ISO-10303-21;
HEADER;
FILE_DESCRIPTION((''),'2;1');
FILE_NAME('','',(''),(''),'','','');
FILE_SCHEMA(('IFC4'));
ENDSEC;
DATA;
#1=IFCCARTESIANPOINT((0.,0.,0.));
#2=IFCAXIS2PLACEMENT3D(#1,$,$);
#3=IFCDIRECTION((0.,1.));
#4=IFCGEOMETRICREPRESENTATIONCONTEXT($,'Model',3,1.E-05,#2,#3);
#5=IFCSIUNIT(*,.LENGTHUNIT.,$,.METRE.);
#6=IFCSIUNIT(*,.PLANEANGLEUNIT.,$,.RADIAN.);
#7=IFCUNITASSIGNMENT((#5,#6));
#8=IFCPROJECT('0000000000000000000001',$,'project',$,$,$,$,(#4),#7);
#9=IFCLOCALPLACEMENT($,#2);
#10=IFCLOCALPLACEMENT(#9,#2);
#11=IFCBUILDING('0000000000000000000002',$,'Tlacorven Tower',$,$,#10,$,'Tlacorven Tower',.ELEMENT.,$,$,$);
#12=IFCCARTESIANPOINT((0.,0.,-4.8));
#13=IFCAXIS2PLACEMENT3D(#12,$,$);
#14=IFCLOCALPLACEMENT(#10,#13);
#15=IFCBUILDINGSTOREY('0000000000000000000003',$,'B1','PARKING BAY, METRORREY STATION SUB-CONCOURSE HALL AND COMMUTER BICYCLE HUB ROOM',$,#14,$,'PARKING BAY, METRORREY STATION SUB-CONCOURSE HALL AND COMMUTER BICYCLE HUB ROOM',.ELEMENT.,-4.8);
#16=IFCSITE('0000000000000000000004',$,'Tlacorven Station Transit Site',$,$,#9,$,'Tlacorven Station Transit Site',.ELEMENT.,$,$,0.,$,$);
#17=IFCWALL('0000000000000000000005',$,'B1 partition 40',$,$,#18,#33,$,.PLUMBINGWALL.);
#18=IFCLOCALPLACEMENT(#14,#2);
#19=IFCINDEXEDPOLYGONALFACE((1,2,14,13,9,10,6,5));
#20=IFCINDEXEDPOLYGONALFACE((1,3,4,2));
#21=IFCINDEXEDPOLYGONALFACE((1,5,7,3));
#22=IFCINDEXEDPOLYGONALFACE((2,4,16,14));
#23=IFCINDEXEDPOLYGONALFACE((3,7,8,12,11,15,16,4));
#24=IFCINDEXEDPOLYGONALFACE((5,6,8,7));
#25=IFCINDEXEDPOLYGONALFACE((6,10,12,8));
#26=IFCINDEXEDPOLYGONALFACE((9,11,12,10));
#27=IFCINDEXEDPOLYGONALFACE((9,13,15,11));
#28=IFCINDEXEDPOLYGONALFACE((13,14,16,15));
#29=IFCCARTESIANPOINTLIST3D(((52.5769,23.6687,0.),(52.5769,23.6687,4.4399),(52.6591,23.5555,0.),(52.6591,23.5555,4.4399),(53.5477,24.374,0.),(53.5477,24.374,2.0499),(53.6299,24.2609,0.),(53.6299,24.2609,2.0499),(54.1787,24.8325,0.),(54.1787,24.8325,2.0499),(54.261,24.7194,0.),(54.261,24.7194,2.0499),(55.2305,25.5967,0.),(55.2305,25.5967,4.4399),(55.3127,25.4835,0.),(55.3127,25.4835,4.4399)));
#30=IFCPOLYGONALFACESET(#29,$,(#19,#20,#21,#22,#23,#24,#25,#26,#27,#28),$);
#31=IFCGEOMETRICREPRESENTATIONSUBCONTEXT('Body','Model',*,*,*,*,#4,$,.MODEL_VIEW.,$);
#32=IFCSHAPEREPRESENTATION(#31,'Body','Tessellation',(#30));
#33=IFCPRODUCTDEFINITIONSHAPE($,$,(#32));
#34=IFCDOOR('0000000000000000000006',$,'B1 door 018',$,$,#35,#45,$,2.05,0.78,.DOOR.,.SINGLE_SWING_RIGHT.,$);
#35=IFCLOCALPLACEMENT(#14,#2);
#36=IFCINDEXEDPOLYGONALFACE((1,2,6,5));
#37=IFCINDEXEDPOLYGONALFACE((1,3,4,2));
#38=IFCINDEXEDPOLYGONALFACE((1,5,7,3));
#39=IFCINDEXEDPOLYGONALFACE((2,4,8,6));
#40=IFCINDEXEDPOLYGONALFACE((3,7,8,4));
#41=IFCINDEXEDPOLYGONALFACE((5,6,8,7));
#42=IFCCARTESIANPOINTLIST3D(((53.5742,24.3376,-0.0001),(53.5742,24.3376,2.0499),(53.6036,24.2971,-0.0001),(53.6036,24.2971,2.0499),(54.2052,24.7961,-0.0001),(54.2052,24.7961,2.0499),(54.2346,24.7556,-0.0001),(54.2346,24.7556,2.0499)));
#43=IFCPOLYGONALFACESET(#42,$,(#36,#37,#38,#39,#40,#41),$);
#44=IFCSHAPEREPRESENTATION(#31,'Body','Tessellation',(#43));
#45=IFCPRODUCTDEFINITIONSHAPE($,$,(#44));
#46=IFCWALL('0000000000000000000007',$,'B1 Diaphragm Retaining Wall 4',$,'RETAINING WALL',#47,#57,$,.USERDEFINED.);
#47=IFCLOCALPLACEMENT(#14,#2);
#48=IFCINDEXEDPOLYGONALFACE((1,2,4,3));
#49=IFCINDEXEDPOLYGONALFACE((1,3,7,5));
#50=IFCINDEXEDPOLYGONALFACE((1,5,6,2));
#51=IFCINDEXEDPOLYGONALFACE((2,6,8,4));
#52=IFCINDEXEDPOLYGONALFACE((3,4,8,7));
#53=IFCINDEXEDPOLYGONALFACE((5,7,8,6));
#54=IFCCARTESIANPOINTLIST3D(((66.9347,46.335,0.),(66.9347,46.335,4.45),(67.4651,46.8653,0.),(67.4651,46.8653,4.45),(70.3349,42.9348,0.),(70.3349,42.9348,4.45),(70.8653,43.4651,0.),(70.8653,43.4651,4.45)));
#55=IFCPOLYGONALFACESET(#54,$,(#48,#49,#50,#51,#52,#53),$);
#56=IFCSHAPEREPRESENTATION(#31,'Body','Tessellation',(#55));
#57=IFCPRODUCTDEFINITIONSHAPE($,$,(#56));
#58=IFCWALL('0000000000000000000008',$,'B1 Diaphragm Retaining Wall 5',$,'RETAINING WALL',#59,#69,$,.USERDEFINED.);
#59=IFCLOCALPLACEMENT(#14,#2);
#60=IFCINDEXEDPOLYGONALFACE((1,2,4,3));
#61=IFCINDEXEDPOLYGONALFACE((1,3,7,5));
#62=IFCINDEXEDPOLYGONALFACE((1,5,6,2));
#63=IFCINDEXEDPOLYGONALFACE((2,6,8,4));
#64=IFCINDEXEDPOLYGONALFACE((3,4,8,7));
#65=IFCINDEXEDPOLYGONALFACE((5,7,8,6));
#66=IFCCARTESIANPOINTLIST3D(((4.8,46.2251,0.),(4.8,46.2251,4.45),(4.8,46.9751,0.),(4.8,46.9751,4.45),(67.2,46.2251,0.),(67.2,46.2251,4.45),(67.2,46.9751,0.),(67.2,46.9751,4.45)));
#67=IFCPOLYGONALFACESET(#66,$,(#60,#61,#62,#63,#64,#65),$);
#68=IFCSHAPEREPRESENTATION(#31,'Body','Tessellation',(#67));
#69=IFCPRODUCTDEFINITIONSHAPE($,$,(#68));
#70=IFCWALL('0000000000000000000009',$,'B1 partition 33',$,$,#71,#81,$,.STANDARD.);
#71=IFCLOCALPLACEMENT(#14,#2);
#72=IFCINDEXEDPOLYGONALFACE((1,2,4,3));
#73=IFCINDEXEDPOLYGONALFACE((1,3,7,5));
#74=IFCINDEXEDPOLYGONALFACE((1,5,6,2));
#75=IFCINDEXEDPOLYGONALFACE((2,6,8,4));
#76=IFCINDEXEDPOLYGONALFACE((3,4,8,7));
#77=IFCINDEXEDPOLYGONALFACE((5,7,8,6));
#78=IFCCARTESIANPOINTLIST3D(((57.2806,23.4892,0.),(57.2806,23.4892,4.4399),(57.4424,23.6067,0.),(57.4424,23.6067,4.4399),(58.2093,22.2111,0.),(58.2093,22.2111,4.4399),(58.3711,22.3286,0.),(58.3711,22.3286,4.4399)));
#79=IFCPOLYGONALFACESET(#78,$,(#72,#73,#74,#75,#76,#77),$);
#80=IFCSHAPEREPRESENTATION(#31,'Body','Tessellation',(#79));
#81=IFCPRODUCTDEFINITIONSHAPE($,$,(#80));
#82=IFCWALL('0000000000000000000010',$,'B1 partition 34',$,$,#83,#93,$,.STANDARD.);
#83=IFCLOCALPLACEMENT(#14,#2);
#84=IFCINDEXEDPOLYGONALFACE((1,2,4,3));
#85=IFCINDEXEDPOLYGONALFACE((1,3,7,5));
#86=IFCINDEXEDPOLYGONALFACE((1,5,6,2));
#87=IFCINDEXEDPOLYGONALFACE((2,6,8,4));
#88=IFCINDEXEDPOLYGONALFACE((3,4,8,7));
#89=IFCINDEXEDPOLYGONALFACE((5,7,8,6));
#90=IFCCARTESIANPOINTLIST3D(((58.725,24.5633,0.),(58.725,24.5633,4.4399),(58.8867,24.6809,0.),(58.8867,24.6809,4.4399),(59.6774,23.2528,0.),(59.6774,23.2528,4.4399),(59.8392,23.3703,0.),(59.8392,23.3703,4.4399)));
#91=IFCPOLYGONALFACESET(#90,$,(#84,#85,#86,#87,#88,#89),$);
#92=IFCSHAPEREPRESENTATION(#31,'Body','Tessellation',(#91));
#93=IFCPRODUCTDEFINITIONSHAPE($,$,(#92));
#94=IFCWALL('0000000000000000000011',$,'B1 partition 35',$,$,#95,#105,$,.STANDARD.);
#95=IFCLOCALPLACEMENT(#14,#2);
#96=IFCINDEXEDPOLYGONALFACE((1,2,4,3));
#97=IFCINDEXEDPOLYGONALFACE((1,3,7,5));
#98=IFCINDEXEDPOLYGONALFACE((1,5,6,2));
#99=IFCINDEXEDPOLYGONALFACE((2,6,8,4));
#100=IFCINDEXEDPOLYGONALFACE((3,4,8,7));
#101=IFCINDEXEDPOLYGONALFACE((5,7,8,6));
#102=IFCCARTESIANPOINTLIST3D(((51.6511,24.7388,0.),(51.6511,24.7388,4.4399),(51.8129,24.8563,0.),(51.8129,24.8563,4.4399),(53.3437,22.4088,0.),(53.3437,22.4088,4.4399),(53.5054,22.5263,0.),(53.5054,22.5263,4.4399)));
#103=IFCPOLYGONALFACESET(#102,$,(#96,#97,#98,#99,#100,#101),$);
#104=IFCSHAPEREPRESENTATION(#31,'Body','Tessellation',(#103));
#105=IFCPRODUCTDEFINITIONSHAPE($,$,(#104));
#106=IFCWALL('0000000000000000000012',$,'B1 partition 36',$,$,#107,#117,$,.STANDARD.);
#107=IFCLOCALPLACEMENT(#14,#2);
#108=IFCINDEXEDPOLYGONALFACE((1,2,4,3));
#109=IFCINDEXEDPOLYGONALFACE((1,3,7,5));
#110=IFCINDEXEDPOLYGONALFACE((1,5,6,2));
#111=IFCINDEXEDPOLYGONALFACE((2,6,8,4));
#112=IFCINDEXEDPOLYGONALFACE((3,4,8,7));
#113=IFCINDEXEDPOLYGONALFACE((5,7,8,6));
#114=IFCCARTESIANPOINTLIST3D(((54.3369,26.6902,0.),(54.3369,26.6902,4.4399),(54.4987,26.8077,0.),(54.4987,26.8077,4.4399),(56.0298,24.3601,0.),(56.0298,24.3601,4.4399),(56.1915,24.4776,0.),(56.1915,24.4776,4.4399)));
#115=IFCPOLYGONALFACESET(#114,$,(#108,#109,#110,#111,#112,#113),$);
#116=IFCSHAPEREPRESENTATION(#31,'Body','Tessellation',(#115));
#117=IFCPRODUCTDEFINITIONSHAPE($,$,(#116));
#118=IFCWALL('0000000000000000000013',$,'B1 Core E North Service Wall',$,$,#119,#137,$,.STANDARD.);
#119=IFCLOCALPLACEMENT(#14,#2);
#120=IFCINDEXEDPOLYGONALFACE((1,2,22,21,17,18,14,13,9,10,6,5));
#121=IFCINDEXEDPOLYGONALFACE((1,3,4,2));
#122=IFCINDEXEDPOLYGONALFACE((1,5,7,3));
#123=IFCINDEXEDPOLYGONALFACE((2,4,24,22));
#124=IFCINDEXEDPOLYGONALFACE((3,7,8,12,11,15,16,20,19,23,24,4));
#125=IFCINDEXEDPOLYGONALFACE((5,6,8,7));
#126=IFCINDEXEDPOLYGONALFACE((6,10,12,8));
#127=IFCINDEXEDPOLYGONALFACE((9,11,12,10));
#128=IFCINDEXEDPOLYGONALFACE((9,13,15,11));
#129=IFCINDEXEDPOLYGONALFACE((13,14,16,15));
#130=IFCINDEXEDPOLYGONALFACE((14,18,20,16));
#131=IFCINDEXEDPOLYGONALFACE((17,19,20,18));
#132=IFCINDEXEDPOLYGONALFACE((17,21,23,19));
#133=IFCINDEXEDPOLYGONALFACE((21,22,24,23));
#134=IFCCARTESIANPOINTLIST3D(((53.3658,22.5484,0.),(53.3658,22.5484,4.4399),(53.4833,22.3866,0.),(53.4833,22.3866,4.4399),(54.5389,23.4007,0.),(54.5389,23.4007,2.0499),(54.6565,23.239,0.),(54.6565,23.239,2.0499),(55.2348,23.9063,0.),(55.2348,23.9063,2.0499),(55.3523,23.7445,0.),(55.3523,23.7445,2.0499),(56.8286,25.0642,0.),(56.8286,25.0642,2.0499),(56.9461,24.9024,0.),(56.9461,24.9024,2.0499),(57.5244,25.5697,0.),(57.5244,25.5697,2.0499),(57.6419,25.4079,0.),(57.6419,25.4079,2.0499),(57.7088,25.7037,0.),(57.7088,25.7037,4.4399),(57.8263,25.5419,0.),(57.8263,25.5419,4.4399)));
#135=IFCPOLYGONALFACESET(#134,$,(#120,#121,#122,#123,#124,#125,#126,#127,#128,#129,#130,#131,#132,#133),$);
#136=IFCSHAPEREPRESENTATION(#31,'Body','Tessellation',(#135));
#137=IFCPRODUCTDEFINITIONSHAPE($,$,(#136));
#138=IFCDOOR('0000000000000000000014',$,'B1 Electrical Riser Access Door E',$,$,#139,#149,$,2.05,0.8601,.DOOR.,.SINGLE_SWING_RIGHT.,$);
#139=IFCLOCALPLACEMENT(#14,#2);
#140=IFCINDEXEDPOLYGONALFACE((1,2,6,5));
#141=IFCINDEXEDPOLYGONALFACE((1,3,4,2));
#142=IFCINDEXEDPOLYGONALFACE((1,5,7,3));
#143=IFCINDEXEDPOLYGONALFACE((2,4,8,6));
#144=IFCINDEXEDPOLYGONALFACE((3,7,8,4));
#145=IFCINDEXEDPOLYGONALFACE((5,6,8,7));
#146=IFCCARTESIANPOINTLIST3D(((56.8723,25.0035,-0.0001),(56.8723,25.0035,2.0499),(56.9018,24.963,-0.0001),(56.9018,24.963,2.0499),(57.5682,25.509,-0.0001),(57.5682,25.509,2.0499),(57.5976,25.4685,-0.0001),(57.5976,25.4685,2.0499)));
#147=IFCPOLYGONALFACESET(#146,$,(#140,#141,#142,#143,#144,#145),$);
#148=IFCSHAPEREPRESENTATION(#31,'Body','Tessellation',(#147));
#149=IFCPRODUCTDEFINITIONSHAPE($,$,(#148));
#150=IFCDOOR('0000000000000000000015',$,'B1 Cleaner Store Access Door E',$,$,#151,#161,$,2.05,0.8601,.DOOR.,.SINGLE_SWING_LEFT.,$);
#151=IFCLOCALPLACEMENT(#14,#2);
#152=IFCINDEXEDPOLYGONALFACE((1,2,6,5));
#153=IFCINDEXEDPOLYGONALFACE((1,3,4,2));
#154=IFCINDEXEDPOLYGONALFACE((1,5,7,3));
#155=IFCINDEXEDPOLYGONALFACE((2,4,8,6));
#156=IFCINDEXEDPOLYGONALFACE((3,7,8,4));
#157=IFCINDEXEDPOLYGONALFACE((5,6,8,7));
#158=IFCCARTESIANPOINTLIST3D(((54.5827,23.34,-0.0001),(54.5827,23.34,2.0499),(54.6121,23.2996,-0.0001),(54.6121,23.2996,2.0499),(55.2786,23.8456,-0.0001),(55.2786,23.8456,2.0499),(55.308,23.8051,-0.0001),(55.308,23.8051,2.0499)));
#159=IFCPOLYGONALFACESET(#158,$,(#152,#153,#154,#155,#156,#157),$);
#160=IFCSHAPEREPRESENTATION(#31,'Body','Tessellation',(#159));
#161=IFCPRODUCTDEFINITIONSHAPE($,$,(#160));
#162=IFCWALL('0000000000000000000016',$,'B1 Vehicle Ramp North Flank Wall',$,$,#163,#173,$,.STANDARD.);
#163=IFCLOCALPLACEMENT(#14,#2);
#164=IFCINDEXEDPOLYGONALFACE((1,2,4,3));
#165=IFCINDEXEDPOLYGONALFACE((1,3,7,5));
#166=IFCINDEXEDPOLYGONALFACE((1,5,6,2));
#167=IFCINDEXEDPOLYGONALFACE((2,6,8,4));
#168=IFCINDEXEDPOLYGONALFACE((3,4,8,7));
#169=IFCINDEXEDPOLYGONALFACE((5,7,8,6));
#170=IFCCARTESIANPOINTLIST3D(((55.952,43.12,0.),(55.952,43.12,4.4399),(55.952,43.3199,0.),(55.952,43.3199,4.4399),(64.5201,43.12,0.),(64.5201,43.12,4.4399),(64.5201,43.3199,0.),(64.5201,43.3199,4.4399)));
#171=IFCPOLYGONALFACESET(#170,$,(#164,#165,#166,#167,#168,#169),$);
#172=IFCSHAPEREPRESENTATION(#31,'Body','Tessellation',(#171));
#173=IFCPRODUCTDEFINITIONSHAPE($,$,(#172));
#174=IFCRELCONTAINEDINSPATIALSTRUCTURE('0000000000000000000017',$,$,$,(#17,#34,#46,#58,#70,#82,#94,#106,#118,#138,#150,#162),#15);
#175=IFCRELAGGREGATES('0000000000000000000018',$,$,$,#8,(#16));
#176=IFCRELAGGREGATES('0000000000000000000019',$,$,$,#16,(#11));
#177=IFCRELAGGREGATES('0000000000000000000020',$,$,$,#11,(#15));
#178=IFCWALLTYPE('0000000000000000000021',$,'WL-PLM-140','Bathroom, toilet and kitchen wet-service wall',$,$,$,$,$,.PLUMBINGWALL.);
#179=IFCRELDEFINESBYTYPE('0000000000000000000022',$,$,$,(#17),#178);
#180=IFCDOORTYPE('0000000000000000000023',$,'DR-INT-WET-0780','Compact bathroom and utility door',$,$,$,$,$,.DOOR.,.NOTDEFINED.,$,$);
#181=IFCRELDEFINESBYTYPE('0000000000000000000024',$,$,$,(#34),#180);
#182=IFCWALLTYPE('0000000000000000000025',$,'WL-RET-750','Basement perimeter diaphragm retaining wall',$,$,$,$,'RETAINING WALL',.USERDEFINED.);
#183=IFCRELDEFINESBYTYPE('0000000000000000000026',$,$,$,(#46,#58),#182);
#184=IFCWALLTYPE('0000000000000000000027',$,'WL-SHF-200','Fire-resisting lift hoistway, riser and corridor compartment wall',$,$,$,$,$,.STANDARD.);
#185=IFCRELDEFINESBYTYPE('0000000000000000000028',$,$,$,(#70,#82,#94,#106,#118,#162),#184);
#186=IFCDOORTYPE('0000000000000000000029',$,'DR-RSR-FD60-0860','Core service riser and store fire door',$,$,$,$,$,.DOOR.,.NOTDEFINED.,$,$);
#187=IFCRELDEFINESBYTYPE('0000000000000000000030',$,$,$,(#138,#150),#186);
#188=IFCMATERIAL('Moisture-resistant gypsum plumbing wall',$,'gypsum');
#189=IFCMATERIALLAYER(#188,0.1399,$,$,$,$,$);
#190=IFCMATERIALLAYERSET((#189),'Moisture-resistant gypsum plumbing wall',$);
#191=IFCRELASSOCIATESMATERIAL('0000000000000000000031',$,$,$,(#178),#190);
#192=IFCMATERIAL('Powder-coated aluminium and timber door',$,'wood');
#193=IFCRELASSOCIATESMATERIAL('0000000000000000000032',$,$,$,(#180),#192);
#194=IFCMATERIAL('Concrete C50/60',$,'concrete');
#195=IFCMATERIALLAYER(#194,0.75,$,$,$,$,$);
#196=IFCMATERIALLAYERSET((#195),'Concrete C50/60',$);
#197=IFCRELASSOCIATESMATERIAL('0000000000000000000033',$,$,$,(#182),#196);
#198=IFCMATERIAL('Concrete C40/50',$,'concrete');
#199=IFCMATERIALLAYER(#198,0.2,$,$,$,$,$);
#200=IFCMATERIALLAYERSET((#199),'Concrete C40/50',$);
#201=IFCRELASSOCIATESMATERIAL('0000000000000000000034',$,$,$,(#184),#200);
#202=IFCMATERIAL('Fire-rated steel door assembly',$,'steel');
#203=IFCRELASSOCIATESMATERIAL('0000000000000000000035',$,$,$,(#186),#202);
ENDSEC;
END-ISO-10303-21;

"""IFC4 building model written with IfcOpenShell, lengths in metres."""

from ifc_helpers import new_model, si_unit, direction, frame, frame_2d, origin, place, context, subcontext, project, spatial, rectangle, extrude, source, transform, mapped, material, layer, layer_set, type_object, element, fill, save


model = new_model("IFC4")

# Units and contexts
model_context = context("Model", 3, precision=1e-05, world=origin(), true_north=direction((0.0, 1.0)))
body_context = subcontext(model_context, "Body", "Model", "MODEL_VIEW")
ifc_project = project(units=[si_unit("LENGTHUNIT", "METRE"), si_unit("PLANEANGLEUNIT", "RADIAN")], contexts=[model_context])

# Site, building, storey
site_placement = place(None, origin())
site = spatial("IfcSite", under=ifc_project, at=site_placement, Name="Tlacorven Station Transit Site", LongName="Tlacorven Station Transit Site", CompositionType="ELEMENT", RefElevation=0.0)
building_placement = place(site_placement, origin())
building = spatial("IfcBuilding", under=site, at=building_placement, Name="Tlacorven Tower", LongName="Tlacorven Tower", CompositionType="ELEMENT")
storey_placement = place(building_placement, frame((0.0, 0.0, -4.8)))
storey = spatial("IfcBuildingStorey", under=building, at=storey_placement, Name="B1", Description="PARKING BAY, METRORREY STATION SUB-CONCOURSE HALL AND COMMUTER BICYCLE HUB ROOM", LongName="PARKING BAY, METRORREY STATION SUB-CONCOURSE HALL AND COMMUTER BICYCLE HUB ROOM", CompositionType="ELEMENT", Elevation=-4.8)

# Wall, opening, door
ifc_material_1 = material(Name="Moisture-resistant gypsum plumbing wall", Category="gypsum")
ifc_layer_1 = layer(ifc_material_1, 0.1399)
ifc_layer_set_1 = layer_set([ifc_layer_1], Name="Moisture-resistant gypsum plumbing wall")
wall_type_1 = type_object("IfcWallType", Name="WL-PLM-140", Description="Bathroom, toilet and kitchen wet-service wall", PredefinedType="PLUMBINGWALL", material=ifc_layer_set_1)
wall_1_placement = place(storey_placement, frame((52.6179, 23.6121, 0.0), z_axis=(0.0, 0.0, 1.0), x_axis=(0.80901, 0.587795, 0.0)))
wall_1 = element("IfcWall", 1, at=wall_1_placement, inside=storey, type_object=wall_type_1, Name="B1 partition 40", PredefinedType="PLUMBINGWALL", context=body_context, shape_type="SweptSolid", body=[
    extrude(rectangle(XDim=3.28, YDim=0.1399, at=frame_2d((1.6401, 0.0))), origin(), (0.0, 0.0, 1.0), 4.4399),
])
opening_1_placement = place(wall_1_placement, frame((1.2, 0.0, 0.0)))
opening_1 = element("IfcOpeningElement", 2, at=opening_1_placement, cuts=wall_1, PredefinedType="OPENING", context=body_context, shape_type="SweptSolid", body=[
    extrude(rectangle(XDim=0.78, YDim=2.05, at=frame_2d((0.3901, 1.0249))), frame((0.0, 0.0801, 0.0), z_axis=(0.0, -1.0, 0.0), x_axis=(1.0, 0.0, 0.0)), (0.0, 0.0, 1.0), 0.1599),
])
ifc_material_2 = material(Name="Powder-coated aluminium and timber door", Category="wood")
door_type_1 = type_object("IfcDoorType", Name="DR-INT-WET-0780", Description="Compact bathroom and utility door", OperationType="NOTDEFINED", PredefinedType="DOOR", material=ifc_material_2)
shared_shape_1 = source(origin(), body_context, "Body", "SweptSolid", [
    extrude(rectangle(XDim=0.78, YDim=2.05, at=frame_2d((0.3901, 1.0249))), frame((0.0, 0.0249, 0.0), z_axis=(0.0, -1.0, 0.0), x_axis=(1.0, 0.0, 0.0)), (0.0, 0.0, 1.0), 0.05),
])
door_1_placement = place(opening_1_placement, origin())
door_1 = element("IfcDoor", 3, at=door_1_placement, inside=storey, type_object=door_type_1, Name="B1 door 018", OperationType="SINGLE_SWING_RIGHT", OverallHeight=2.05, OverallWidth=0.78, PredefinedType="DOOR", context=body_context, shape_type="MappedRepresentation", body=[
    mapped(shared_shape_1, transform((0.0, 0.0, 0.0), scale=1.0)),
])
fill(opening_1, door_1)

# Walls
ifc_material_3 = material(Name="Concrete C50/60", Category="concrete")
ifc_layer_2 = layer(ifc_material_3, 0.75)
ifc_layer_set_2 = layer_set([ifc_layer_2], Name="Concrete C50/60")
wall_type_2 = type_object("IfcWallType", Name="WL-RET-750", Description="Basement perimeter diaphragm retaining wall", ElementType="RETAINING WALL", PredefinedType="USERDEFINED", material=ifc_layer_set_2)
wall_2_placement = place(storey_placement, frame((70.6001, 43.2, 0.0), z_axis=(0.0, 0.0, 1.0), x_axis=(-0.707107, 0.707107, 0.0)))
element("IfcWall", 4, at=wall_2_placement, inside=storey, type_object=wall_type_2, Name="B1 Diaphragm Retaining Wall 4", ObjectType="RETAINING WALL", PredefinedType="USERDEFINED", context=body_context, shape_type="SweptSolid", body=[
    extrude(rectangle(XDim=4.8086, YDim=0.75, at=frame_2d((2.4043, 0.0))), origin(), (0.0, 0.0, 1.0), 4.45),
])
wall_3_placement = place(storey_placement, frame((67.2, 46.6001, 0.0), z_axis=(0.0, 0.0, 1.0), x_axis=(-1.0, 0.0, 0.0)))
element("IfcWall", 5, at=wall_3_placement, inside=storey, type_object=wall_type_2, Name="B1 Diaphragm Retaining Wall 5", ObjectType="RETAINING WALL", PredefinedType="USERDEFINED", context=body_context, shape_type="SweptSolid", body=[
    extrude(rectangle(XDim=62.3999, YDim=0.75, at=frame_2d((31.2, 0.0))), origin(), (0.0, 0.0, 1.0), 4.45),
])
ifc_material_4 = material(Name="Concrete C40/50", Category="concrete")
ifc_layer_3 = layer(ifc_material_4, 0.2)
ifc_layer_set_3 = layer_set([ifc_layer_3], Name="Concrete C40/50")
wall_type_3 = type_object("IfcWallType", Name="WL-SHF-200", Description="Fire-resisting lift hoistway, riser and corridor compartment wall", PredefinedType="STANDARD", material=ifc_layer_set_3)
wall_4_placement = place(storey_placement, frame((58.2903, 22.2698, 0.0), z_axis=(0.0, 0.0, 1.0), x_axis=(-0.587841, 0.808977, 0.0)))
element("IfcWall", 6, at=wall_4_placement, inside=storey, type_object=wall_type_3, Name="B1 partition 33", PredefinedType="STANDARD", context=body_context, shape_type="SweptSolid", body=[
    extrude(rectangle(XDim=1.5798, YDim=0.2, at=frame_2d((0.79, 0.0))), origin(), (0.0, 0.0, 1.0), 4.4399),
])
wall_5_placement = place(storey_placement, frame((59.7583, 23.3115, 0.0), z_axis=(0.0, 0.0, 1.0), x_axis=(-0.587876, 0.808951, 0.0)))
element("IfcWall", 7, at=wall_5_placement, inside=storey, type_object=wall_type_3, Name="B1 partition 34", PredefinedType="STANDARD", context=body_context, shape_type="SweptSolid", body=[
    extrude(rectangle(XDim=1.6201, YDim=0.2, at=frame_2d((0.8101, 0.0))), origin(), (0.0, 0.0, 1.0), 4.4399),
])
wall_6_placement = place(storey_placement, frame((53.4246, 22.4675, 0.0), z_axis=(0.0, 0.0, 1.0), x_axis=(-0.587723, 0.809062, 0.0)))
element("IfcWall", 8, at=wall_6_placement, inside=storey, type_object=wall_type_3, Name="B1 partition 35", PredefinedType="STANDARD", context=body_context, shape_type="SweptSolid", body=[
    extrude(rectangle(XDim=2.8799, YDim=0.2, at=frame_2d((1.4399, 0.0))), origin(), (0.0, 0.0, 1.0), 4.4399),
])
wall_7_placement = place(storey_placement, frame((56.1106, 24.4189, 0.0), z_axis=(0.0, 0.0, 1.0), x_axis=(-0.587778, 0.809022, 0.0)))
element("IfcWall", 9, at=wall_7_placement, inside=storey, type_object=wall_type_3, Name="B1 partition 36", PredefinedType="STANDARD", context=body_context, shape_type="SweptSolid", body=[
    extrude(rectangle(XDim=2.8801, YDim=0.2, at=frame_2d((1.4399, 0.0))), origin(), (0.0, 0.0, 1.0), 4.4399),
])

# Wall, openings, doors
wall_8_placement = place(storey_placement, frame((53.4246, 22.4675, 0.0), z_axis=(0.0, 0.0, 1.0), x_axis=(0.809027, 0.587771, 0.0)))
wall_8 = element("IfcWall", 10, at=wall_8_placement, inside=storey, type_object=wall_type_3, Name="B1 Core E North Service Wall", PredefinedType="STANDARD", context=body_context, shape_type="SweptSolid", body=[
    extrude(rectangle(XDim=5.3682, YDim=0.2, at=frame_2d((2.6841, 0.0))), origin(), (0.0, 0.0, 1.0), 4.4399),
])
opening_2_placement = place(wall_8_placement, frame((4.28, 0.0, 0.0)))
opening_2 = element("IfcOpeningElement", 11, at=opening_2_placement, cuts=wall_8, PredefinedType="OPENING", context=body_context, shape_type="SweptSolid", body=[
    extrude(rectangle(XDim=0.8601, YDim=2.05, at=frame_2d((0.4302, 1.0249))), frame((0.0, 0.1099, 0.0), z_axis=(0.0, -1.0, 0.0), x_axis=(1.0, 0.0, 0.0)), (0.0, 0.0, 1.0), 0.22),
])
opening_3_placement = place(wall_8_placement, frame((1.45, 0.0, 0.0)))
opening_3 = element("IfcOpeningElement", 12, at=opening_3_placement, cuts=wall_8, PredefinedType="OPENING", context=body_context, shape_type="SweptSolid", body=[
    extrude(rectangle(XDim=0.8601, YDim=2.05, at=frame_2d((0.4302, 1.0249))), frame((0.0, 0.1099, 0.0), z_axis=(0.0, -1.0, 0.0), x_axis=(1.0, 0.0, 0.0)), (0.0, 0.0, 1.0), 0.22),
])
ifc_material_5 = material(Name="Fire-rated steel door assembly", Category="steel")
door_type_2 = type_object("IfcDoorType", Name="DR-RSR-FD60-0860", Description="Core service riser and store fire door", OperationType="NOTDEFINED", PredefinedType="DOOR", material=ifc_material_5)
shared_shape_2 = source(origin(), body_context, "Body", "SweptSolid", [
    extrude(rectangle(XDim=0.8601, YDim=2.05, at=frame_2d((0.4302, 1.0249))), frame((0.0, 0.0249, 0.0), z_axis=(0.0, -1.0, 0.0), x_axis=(1.0, 0.0, 0.0)), (0.0, 0.0, 1.0), 0.05),
])
door_2_placement = place(opening_2_placement, frame((0.8601, 0.0, 0.0), z_axis=(0.0, 0.0, 1.0), x_axis=(-1.0, 0.0, 0.0)))
door_2 = element("IfcDoor", 13, at=door_2_placement, inside=storey, type_object=door_type_2, Name="B1 Electrical Riser Access Door E", OperationType="SINGLE_SWING_RIGHT", OverallHeight=2.05, OverallWidth=0.8601, PredefinedType="DOOR", context=body_context, shape_type="MappedRepresentation", body=[
    mapped(shared_shape_2, transform((0.0, 0.0, 0.0), scale=1.0)),
])
fill(opening_2, door_2)
door_3_placement = place(opening_3_placement, frame((0.8601, 0.0, 0.0), z_axis=(0.0, 0.0, 1.0), x_axis=(-1.0, 0.0, 0.0)))
door_3 = element("IfcDoor", 14, at=door_3_placement, inside=storey, type_object=door_type_2, Name="B1 Cleaner Store Access Door E", OperationType="SINGLE_SWING_LEFT", OverallHeight=2.05, OverallWidth=0.8601, PredefinedType="DOOR", context=body_context, shape_type="MappedRepresentation", body=[
    mapped(shared_shape_2, transform((0.0, 0.0, 0.0), scale=1.0)),
])
fill(opening_3, door_3)

# Wall
wall_9_placement = place(storey_placement, frame((55.9519, 43.22, 0.0), z_axis=(0.0, 0.0, 1.0), x_axis=(1.0, 0.0, 0.0)))
element("IfcWall", 15, at=wall_9_placement, inside=storey, type_object=wall_type_3, Name="B1 Vehicle Ramp North Flank Wall", PredefinedType="STANDARD", context=body_context, shape_type="SweptSolid", body=[
    extrude(rectangle(XDim=8.5681, YDim=0.2, at=frame_2d((4.2842, 0.0))), origin(), (0.0, 0.0, 1.0), 4.4399),
])

save(model, "model.ifc")
